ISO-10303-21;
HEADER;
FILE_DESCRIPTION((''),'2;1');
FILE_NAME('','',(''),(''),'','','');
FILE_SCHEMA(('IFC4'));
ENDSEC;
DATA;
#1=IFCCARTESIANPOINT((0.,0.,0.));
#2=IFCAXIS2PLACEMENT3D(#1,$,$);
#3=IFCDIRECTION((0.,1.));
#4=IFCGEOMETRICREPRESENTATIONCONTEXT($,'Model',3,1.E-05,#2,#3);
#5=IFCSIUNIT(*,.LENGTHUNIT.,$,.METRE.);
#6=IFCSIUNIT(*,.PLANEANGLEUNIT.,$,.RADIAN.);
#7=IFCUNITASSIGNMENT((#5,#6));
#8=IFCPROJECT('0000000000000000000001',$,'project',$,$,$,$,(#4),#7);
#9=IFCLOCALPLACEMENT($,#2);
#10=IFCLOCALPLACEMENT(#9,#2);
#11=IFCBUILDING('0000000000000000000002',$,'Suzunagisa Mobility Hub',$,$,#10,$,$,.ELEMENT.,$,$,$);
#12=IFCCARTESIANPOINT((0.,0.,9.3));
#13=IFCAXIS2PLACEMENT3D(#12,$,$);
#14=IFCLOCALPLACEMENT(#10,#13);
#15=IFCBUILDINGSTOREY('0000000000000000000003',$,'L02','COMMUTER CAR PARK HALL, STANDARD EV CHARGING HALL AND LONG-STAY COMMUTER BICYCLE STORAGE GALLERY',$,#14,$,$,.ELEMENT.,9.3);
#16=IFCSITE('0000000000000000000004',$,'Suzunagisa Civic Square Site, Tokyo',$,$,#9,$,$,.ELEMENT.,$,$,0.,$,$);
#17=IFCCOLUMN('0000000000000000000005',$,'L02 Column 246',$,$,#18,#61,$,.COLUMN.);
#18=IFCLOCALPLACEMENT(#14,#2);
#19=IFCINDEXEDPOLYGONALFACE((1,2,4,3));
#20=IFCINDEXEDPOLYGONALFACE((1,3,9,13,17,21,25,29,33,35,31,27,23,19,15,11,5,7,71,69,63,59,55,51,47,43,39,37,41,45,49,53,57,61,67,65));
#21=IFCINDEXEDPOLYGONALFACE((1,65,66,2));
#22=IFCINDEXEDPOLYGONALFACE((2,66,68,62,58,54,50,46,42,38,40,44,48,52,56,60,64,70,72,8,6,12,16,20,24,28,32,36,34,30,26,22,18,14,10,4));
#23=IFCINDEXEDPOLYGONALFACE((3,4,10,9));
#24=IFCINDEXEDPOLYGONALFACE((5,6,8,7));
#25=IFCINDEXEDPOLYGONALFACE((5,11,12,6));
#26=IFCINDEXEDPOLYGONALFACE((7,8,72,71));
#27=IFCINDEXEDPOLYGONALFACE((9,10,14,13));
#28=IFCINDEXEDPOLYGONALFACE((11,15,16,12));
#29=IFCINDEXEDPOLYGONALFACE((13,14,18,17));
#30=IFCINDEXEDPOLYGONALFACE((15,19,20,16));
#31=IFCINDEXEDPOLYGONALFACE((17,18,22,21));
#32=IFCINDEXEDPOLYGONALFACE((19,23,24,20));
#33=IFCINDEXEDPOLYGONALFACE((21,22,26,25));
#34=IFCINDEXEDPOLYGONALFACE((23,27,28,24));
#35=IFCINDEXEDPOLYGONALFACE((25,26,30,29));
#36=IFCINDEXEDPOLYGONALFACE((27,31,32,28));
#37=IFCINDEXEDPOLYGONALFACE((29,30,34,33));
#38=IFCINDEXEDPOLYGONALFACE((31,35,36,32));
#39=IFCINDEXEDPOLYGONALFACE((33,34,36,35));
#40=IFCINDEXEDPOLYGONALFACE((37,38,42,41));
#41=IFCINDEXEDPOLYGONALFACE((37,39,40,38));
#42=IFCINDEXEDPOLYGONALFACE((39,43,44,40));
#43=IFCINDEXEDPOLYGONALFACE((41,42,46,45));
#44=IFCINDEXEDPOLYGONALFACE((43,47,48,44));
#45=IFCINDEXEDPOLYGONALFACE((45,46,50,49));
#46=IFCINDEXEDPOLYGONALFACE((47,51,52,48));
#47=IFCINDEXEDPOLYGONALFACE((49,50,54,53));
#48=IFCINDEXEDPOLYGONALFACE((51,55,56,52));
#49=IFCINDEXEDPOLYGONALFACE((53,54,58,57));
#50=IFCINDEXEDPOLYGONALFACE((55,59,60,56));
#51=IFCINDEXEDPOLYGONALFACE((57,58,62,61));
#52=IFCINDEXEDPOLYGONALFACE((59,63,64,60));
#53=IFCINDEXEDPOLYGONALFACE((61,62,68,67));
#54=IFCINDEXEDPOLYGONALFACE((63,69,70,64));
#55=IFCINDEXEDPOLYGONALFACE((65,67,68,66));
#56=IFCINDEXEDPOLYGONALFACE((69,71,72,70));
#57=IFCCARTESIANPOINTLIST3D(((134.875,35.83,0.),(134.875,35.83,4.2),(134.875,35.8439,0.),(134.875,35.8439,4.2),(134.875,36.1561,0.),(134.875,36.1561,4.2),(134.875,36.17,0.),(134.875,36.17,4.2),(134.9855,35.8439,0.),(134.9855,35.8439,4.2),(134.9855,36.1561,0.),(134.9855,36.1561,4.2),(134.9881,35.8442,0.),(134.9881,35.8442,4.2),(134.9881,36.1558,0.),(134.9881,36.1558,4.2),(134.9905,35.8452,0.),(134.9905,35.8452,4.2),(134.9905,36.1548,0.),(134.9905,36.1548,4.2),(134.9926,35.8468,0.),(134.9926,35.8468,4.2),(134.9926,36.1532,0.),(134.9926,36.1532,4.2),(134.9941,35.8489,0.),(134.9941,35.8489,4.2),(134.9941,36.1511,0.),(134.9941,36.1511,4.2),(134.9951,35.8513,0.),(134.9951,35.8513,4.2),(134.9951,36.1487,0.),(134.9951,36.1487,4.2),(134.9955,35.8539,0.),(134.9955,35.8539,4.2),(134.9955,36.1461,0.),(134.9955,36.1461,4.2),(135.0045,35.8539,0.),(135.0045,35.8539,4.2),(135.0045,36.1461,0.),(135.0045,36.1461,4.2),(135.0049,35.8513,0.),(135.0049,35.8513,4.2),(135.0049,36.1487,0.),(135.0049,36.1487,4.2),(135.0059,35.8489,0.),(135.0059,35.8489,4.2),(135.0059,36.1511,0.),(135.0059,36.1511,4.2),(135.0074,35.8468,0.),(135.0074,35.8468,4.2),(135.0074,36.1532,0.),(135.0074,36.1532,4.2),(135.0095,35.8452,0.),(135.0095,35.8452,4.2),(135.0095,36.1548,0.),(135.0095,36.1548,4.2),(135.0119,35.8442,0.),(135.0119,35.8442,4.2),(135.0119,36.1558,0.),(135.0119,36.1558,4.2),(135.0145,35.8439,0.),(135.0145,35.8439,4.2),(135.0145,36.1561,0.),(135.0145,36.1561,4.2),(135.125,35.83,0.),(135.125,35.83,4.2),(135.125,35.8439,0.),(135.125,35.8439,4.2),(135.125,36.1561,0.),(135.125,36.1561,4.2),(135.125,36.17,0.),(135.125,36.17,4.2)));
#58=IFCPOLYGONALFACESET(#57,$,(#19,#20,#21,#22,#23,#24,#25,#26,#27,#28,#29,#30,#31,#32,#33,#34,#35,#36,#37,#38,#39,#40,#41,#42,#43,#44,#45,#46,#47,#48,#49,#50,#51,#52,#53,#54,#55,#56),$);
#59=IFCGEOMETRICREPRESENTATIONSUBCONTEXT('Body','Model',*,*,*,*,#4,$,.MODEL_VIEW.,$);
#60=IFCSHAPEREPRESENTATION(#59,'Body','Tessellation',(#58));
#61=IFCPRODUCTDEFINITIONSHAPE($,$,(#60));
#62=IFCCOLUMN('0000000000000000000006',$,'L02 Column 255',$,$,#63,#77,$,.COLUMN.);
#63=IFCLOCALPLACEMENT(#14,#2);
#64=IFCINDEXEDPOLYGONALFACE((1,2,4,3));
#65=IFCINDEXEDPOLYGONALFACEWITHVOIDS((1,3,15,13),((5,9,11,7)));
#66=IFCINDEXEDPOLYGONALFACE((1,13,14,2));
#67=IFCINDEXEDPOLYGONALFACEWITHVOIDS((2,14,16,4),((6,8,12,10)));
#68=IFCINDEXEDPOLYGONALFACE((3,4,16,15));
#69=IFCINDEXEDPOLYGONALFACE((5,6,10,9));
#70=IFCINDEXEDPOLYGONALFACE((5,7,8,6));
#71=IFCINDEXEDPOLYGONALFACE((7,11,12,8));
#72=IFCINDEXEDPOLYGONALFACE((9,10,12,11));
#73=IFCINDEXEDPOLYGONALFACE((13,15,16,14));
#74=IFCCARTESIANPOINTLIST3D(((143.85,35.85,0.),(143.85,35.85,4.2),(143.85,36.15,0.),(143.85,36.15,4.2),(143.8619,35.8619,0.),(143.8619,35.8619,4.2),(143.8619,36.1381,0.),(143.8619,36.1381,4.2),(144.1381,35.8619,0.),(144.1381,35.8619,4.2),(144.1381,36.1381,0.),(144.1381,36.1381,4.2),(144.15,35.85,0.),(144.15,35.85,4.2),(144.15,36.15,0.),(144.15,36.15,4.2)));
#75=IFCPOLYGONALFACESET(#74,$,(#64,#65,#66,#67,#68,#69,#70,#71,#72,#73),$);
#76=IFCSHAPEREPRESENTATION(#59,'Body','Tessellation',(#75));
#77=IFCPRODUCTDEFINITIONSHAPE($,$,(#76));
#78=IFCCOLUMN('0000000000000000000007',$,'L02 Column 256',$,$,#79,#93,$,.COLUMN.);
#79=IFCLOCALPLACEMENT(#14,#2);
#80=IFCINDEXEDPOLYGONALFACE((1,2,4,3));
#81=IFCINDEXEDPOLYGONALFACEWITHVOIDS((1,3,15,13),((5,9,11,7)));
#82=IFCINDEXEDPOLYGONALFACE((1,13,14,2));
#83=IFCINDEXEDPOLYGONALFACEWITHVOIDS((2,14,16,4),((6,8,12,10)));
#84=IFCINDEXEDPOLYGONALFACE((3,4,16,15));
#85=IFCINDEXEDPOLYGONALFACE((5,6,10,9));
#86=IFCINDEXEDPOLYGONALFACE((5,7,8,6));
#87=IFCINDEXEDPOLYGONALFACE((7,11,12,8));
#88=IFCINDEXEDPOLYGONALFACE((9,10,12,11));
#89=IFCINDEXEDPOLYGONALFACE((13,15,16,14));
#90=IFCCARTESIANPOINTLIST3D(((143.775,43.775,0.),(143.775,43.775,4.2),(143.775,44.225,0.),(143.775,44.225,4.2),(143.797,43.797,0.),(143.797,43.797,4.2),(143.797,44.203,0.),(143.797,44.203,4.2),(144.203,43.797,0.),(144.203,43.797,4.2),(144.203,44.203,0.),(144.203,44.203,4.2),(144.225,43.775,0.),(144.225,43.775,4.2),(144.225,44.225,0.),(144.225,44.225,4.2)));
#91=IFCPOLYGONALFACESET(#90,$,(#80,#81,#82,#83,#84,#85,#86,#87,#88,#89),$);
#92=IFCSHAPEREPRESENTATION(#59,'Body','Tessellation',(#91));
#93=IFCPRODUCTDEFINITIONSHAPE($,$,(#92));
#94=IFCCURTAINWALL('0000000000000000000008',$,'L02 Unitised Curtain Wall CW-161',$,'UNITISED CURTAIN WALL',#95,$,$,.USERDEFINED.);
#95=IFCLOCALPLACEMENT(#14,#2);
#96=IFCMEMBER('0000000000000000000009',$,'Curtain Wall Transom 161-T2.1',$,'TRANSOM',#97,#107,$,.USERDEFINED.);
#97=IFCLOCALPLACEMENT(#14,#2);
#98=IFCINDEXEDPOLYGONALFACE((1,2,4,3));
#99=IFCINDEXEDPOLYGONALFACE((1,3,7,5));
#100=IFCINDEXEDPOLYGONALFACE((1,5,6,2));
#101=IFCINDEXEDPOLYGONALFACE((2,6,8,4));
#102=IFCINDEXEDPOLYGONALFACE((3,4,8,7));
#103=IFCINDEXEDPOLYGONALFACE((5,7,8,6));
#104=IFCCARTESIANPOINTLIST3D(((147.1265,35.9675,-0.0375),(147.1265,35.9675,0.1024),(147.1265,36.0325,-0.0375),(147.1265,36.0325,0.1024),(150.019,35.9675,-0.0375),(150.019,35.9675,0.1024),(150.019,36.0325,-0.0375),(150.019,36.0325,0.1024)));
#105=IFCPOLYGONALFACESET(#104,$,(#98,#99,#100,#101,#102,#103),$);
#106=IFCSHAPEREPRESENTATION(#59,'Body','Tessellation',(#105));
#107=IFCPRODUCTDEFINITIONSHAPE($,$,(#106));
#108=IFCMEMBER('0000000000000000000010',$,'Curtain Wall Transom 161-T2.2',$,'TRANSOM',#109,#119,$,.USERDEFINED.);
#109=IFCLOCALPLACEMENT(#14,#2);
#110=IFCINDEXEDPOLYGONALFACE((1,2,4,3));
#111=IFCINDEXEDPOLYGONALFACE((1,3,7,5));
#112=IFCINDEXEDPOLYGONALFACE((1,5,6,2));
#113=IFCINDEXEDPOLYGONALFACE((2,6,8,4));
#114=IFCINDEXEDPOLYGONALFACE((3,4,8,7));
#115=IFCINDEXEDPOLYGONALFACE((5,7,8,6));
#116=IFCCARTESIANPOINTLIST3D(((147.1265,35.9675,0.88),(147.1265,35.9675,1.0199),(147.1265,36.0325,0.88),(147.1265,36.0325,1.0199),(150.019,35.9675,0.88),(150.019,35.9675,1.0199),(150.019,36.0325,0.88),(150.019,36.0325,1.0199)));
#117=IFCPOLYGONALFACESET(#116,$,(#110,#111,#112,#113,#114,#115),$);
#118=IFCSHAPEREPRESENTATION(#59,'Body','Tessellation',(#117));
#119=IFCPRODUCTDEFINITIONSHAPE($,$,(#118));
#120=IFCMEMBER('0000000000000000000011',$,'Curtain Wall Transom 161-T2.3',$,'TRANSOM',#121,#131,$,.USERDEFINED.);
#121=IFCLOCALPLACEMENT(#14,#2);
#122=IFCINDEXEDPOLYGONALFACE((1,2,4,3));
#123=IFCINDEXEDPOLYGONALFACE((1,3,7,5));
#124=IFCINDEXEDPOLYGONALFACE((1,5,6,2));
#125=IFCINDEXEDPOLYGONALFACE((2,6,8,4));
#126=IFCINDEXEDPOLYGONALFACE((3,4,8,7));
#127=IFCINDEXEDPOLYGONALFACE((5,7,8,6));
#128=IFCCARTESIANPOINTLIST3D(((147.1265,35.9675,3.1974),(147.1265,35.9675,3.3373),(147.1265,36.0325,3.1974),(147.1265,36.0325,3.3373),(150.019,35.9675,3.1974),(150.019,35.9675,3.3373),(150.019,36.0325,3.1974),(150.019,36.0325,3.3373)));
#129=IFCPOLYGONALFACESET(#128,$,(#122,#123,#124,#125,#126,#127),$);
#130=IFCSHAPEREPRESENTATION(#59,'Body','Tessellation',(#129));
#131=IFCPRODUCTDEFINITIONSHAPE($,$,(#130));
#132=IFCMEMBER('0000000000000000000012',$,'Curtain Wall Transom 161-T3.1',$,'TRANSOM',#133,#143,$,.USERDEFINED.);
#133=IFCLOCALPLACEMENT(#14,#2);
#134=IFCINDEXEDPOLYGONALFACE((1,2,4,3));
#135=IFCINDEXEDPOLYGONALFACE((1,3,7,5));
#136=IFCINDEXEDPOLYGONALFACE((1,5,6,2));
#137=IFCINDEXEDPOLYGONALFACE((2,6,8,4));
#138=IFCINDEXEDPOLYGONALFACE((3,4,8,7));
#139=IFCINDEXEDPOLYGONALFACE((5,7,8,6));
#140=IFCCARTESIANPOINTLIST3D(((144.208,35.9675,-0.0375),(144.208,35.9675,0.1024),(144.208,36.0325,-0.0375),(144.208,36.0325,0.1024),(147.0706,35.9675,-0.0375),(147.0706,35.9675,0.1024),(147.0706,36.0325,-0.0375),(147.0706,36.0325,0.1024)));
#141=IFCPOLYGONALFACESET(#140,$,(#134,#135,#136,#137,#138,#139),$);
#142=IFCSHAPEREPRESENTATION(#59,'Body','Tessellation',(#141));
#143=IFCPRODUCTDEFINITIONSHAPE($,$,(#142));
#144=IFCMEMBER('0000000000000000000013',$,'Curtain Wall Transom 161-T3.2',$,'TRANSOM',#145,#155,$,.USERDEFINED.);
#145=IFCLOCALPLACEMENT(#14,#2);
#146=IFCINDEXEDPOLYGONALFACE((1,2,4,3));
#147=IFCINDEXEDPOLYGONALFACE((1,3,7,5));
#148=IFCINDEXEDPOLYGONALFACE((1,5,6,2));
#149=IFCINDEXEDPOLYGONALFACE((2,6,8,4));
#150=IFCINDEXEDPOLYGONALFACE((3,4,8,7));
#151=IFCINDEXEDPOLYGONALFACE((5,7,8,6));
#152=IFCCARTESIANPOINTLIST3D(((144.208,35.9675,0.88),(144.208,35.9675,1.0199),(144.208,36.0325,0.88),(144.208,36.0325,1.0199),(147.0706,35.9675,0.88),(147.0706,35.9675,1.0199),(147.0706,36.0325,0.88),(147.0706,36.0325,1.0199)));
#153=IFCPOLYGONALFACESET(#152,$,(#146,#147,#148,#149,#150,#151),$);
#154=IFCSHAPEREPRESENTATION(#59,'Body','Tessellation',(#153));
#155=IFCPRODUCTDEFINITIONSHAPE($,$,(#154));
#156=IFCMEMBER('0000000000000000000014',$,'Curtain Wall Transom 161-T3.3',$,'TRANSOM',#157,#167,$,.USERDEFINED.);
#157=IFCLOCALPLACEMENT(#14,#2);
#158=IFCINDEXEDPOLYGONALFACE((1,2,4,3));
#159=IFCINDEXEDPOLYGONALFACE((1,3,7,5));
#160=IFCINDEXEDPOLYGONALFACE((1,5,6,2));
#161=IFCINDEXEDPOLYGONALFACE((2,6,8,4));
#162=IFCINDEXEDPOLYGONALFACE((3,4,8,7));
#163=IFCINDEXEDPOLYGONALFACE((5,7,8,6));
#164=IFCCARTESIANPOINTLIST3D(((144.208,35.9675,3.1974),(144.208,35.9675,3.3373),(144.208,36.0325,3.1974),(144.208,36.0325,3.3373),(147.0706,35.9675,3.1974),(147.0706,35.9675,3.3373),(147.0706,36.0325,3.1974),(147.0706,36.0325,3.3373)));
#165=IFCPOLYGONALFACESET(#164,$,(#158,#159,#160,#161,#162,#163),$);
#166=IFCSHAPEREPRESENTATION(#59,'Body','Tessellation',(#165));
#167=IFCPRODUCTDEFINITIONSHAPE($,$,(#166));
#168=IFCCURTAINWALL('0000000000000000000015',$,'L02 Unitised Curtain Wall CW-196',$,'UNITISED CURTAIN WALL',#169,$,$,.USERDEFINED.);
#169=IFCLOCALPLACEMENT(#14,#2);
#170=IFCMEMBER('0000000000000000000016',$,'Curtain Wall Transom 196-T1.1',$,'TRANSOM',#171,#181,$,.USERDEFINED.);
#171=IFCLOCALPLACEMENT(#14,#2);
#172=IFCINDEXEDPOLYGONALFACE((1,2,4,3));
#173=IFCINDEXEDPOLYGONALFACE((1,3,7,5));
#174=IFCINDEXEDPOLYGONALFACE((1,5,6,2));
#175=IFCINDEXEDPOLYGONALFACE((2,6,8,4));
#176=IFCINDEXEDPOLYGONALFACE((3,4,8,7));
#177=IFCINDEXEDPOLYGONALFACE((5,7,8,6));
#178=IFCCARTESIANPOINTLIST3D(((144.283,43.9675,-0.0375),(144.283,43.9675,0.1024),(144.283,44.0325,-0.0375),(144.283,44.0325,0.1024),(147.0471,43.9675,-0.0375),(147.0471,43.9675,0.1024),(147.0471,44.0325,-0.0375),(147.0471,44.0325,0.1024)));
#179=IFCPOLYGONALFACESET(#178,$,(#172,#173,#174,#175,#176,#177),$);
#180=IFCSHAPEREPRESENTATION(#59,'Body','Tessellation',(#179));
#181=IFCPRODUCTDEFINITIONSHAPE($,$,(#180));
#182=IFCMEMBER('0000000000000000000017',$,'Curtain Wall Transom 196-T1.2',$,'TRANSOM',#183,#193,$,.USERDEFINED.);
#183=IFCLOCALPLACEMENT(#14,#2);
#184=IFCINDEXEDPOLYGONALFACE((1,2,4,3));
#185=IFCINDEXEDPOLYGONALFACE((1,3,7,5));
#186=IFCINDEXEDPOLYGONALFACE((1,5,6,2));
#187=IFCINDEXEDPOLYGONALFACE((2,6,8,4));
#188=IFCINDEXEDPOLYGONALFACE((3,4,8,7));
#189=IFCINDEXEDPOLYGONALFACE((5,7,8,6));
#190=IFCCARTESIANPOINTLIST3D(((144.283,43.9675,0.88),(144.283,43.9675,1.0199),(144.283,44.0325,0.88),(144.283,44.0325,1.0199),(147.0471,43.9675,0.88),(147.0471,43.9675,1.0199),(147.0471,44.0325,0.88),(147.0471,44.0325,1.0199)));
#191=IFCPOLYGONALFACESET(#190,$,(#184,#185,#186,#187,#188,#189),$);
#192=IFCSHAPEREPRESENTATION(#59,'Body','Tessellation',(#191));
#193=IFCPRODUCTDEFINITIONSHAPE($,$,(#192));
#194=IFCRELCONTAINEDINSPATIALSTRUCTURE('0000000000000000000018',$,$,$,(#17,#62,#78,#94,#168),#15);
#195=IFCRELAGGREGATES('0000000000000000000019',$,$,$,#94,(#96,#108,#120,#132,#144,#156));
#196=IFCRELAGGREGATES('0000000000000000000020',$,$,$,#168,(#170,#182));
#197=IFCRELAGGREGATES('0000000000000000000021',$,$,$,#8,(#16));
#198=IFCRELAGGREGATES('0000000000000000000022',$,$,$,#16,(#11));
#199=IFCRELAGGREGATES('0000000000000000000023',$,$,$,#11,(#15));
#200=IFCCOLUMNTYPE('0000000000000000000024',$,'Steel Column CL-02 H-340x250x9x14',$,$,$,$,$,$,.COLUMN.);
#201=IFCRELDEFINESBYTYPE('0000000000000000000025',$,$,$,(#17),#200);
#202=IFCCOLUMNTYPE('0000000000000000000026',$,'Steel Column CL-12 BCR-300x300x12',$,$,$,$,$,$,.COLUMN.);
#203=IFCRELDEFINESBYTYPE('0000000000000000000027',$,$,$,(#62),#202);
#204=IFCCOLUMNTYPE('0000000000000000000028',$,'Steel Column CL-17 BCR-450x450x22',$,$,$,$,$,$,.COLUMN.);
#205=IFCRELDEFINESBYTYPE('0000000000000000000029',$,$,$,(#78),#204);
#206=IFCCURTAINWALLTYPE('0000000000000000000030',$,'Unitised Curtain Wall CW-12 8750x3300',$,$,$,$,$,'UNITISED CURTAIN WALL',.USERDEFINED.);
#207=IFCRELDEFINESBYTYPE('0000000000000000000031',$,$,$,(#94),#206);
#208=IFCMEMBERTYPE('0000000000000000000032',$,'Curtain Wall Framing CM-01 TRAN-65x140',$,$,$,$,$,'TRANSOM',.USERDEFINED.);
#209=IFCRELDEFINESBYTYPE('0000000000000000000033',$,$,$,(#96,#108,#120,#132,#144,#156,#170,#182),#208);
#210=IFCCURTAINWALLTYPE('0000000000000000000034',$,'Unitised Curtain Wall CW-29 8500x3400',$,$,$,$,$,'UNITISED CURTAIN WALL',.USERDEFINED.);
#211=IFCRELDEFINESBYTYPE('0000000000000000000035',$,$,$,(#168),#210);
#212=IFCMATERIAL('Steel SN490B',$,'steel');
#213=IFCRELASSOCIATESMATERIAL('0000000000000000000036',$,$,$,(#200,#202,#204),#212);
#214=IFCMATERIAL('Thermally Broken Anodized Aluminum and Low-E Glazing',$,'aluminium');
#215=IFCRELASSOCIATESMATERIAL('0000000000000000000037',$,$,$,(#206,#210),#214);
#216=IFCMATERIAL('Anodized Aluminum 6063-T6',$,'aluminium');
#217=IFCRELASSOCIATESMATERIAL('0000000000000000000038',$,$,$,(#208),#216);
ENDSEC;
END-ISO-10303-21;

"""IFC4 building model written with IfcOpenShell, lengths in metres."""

from ifc_helpers import new_model, si_unit, direction, frame, origin, origin_2d, place, context, subcontext, project, spatial, rectangle, hollow_rectangle, i_section, extrude, material, material_profile, profile_set, type_object, element, aggregate, save


model = new_model("IFC4")

# Units and contexts
model_context = context("Model", 3, precision=1e-05, world=origin(), true_north=direction((0.0, 1.0)))
body_context = subcontext(model_context, "Body", "Model", "MODEL_VIEW")
ifc_project = project(units=[si_unit("LENGTHUNIT", "METRE"), si_unit("PLANEANGLEUNIT", "RADIAN")], contexts=[model_context])

# Site, building, storey
site_placement = place(None, origin())
site = spatial("IfcSite", under=ifc_project, at=site_placement, Name="Suzunagisa Civic Square Site, Tokyo", CompositionType="ELEMENT", RefElevation=0.0)
building_placement = place(site_placement, origin())
building = spatial("IfcBuilding", under=site, at=building_placement, Name="Suzunagisa Mobility Hub", CompositionType="ELEMENT")
storey_placement = place(building_placement, frame((0.0, 0.0, 9.3)))
storey = spatial("IfcBuildingStorey", under=building, at=storey_placement, Name="L02", Description="COMMUTER CAR PARK HALL, STANDARD EV CHARGING HALL AND LONG-STAY COMMUTER BICYCLE STORAGE GALLERY", CompositionType="ELEMENT", Elevation=9.3)

# Columns
ifc_material_1 = material(Name="Steel SN490B", Category="steel")
ifc_material_profile_1 = material_profile(ifc_material_1, i_section(OverallWidth=0.25, OverallDepth=0.3401, WebThickness=0.009, FlangeThickness=0.0139, FilletRadius=0.01, at=origin_2d()), Name="H-340x250x9x14")
ifc_profile_set_1 = profile_set([ifc_material_profile_1], Name="Steel SN490B")
column_type_1 = type_object("IfcColumnType", Name="Steel Column CL-02 H-340x250x9x14", PredefinedType="COLUMN", material=ifc_profile_set_1)
column_1_placement = place(storey_placement, frame((135.0, 36.0, 0.0), z_axis=(0.0, 0.0, 1.0), x_axis=(1.0, 0.0, 0.0)))
element("IfcColumn", 1, at=column_1_placement, inside=storey, type_object=column_type_1, Name="L02 Column 246", PredefinedType="COLUMN", context=body_context, shape_type="SweptSolid", body=[
    extrude(i_section(OverallWidth=0.25, OverallDepth=0.3401, WebThickness=0.009, FlangeThickness=0.0139, FilletRadius=0.01, at=origin_2d()), origin(), (0.0, 0.0, 1.0), 4.2),
])
ifc_material_profile_2 = material_profile(ifc_material_1, hollow_rectangle(XDim=0.3, YDim=0.3, WallThickness=0.012, at=origin_2d()), Name="BCR-300x300x12")
ifc_profile_set_2 = profile_set([ifc_material_profile_2], Name="Steel SN490B")
column_type_2 = type_object("IfcColumnType", Name="Steel Column CL-12 BCR-300x300x12", PredefinedType="COLUMN", material=ifc_profile_set_2)
column_2_placement = place(storey_placement, frame((144.0, 36.0, 0.0), z_axis=(0.0, 0.0, 1.0), x_axis=(1.0, 0.0, 0.0)))
element("IfcColumn", 2, at=column_2_placement, inside=storey, type_object=column_type_2, Name="L02 Column 255", PredefinedType="COLUMN", context=body_context, shape_type="SweptSolid", body=[
    extrude(hollow_rectangle(XDim=0.3, YDim=0.3, WallThickness=0.012, at=origin_2d()), origin(), (0.0, 0.0, 1.0), 4.2),
])
ifc_material_profile_3 = material_profile(ifc_material_1, hollow_rectangle(XDim=0.45, YDim=0.45, WallThickness=0.022, at=origin_2d()), Name="BCR-450x450x22")
ifc_profile_set_3 = profile_set([ifc_material_profile_3], Name="Steel SN490B")
column_type_3 = type_object("IfcColumnType", Name="Steel Column CL-17 BCR-450x450x22", PredefinedType="COLUMN", material=ifc_profile_set_3)
column_3_placement = place(storey_placement, frame((144.0, 44.0, 0.0), z_axis=(0.0, 0.0, 1.0), x_axis=(1.0, 0.0, 0.0)))
element("IfcColumn", 3, at=column_3_placement, inside=storey, type_object=column_type_3, Name="L02 Column 256", PredefinedType="COLUMN", context=body_context, shape_type="SweptSolid", body=[
    extrude(hollow_rectangle(XDim=0.45, YDim=0.45, WallThickness=0.022, at=origin_2d()), origin(), (0.0, 0.0, 1.0), 4.2),
])

# Curtain walls, members
ifc_material_2 = material(Name="Thermally Broken Anodized Aluminum and Low-E Glazing", Category="aluminium")
curtain_wall_type_1 = type_object("IfcCurtainWallType", Name="Unitised Curtain Wall CW-12 8750x3300", ElementType="UNITISED CURTAIN WALL", PredefinedType="USERDEFINED", material=ifc_material_2)
curtain_wall_1_placement = place(storey_placement, origin())
curtain_wall_1 = element("IfcCurtainWall", 4, at=curtain_wall_1_placement, inside=storey, type_object=curtain_wall_type_1, Name="L02 Unitised Curtain Wall CW-161", ObjectType="UNITISED CURTAIN WALL", PredefinedType="USERDEFINED")
ifc_material_3 = material(Name="Anodized Aluminum 6063-T6", Category="aluminium")
ifc_material_profile_4 = material_profile(ifc_material_3, rectangle(XDim=0.0649, YDim=0.1399, at=origin_2d()), Name="TRAN-65x140")
ifc_profile_set_4 = profile_set([ifc_material_profile_4], Name="Anodized Aluminum 6063-T6")
member_type_1 = type_object("IfcMemberType", Name="Curtain Wall Framing CM-01 TRAN-65x140", ElementType="TRANSOM", PredefinedType="USERDEFINED", material=ifc_profile_set_4)
member_1_placement = place(storey_placement, frame((150.019, 36.0, 0.0325), z_axis=(-1.0, 0.0, 0.0), x_axis=(0.0, -1.0, 0.0)))
member_1 = element("IfcMember", 5, at=member_1_placement, type_object=member_type_1, Name="Curtain Wall Transom 161-T2.1", ObjectType="TRANSOM", PredefinedType="USERDEFINED", context=body_context, shape_type="SweptSolid", body=[
    extrude(rectangle(XDim=0.0649, YDim=0.1399, at=origin_2d()), origin(), (0.0, 0.0, 1.0), 2.8926),
])
member_2_placement = place(storey_placement, frame((150.019, 36.0, 0.95), z_axis=(-1.0, 0.0, 0.0), x_axis=(0.0, -1.0, 0.0)))
member_2 = element("IfcMember", 6, at=member_2_placement, type_object=member_type_1, Name="Curtain Wall Transom 161-T2.2", ObjectType="TRANSOM", PredefinedType="USERDEFINED", context=body_context, shape_type="SweptSolid", body=[
    extrude(rectangle(XDim=0.0649, YDim=0.1399, at=origin_2d()), origin(), (0.0, 0.0, 1.0), 2.8926),
])
member_3_placement = place(storey_placement, frame((150.019, 36.0, 3.2673), z_axis=(-1.0, 0.0, 0.0), x_axis=(0.0, -1.0, 0.0)))
member_3 = element("IfcMember", 7, at=member_3_placement, type_object=member_type_1, Name="Curtain Wall Transom 161-T2.3", ObjectType="TRANSOM", PredefinedType="USERDEFINED", context=body_context, shape_type="SweptSolid", body=[
    extrude(rectangle(XDim=0.0649, YDim=0.1399, at=origin_2d()), origin(), (0.0, 0.0, 1.0), 2.8926),
])
member_4_placement = place(storey_placement, frame((147.0706, 36.0, 0.0325), z_axis=(-1.0, 0.0, 0.0), x_axis=(0.0, -1.0, 0.0)))
member_4 = element("IfcMember", 8, at=member_4_placement, type_object=member_type_1, Name="Curtain Wall Transom 161-T3.1", ObjectType="TRANSOM", PredefinedType="USERDEFINED", context=body_context, shape_type="SweptSolid", body=[
    extrude(rectangle(XDim=0.0649, YDim=0.1399, at=origin_2d()), origin(), (0.0, 0.0, 1.0), 2.8625),
])
member_5_placement = place(storey_placement, frame((147.0706, 36.0, 0.95), z_axis=(-1.0, 0.0, 0.0), x_axis=(0.0, -1.0, 0.0)))
member_5 = element("IfcMember", 9, at=member_5_placement, type_object=member_type_1, Name="Curtain Wall Transom 161-T3.2", ObjectType="TRANSOM", PredefinedType="USERDEFINED", context=body_context, shape_type="SweptSolid", body=[
    extrude(rectangle(XDim=0.0649, YDim=0.1399, at=origin_2d()), origin(), (0.0, 0.0, 1.0), 2.8625),
])
member_6_placement = place(storey_placement, frame((147.0706, 36.0, 3.2673), z_axis=(-1.0, 0.0, 0.0), x_axis=(0.0, -1.0, 0.0)))
member_6 = element("IfcMember", 10, at=member_6_placement, type_object=member_type_1, Name="Curtain Wall Transom 161-T3.3", ObjectType="TRANSOM", PredefinedType="USERDEFINED", context=body_context, shape_type="SweptSolid", body=[
    extrude(rectangle(XDim=0.0649, YDim=0.1399, at=origin_2d()), origin(), (0.0, 0.0, 1.0), 2.8625),
])
curtain_wall_type_2 = type_object("IfcCurtainWallType", Name="Unitised Curtain Wall CW-29 8500x3400", ElementType="UNITISED CURTAIN WALL", PredefinedType="USERDEFINED", material=ifc_material_2)
curtain_wall_2_placement = place(storey_placement, origin())
curtain_wall_2 = element("IfcCurtainWall", 11, at=curtain_wall_2_placement, inside=storey, type_object=curtain_wall_type_2, Name="L02 Unitised Curtain Wall CW-196", ObjectType="UNITISED CURTAIN WALL", PredefinedType="USERDEFINED")
member_7_placement = place(storey_placement, frame((144.283, 44.0, 0.0325), z_axis=(1.0, 0.0, 0.0), x_axis=(0.0, 1.0, 0.0)))
member_7 = element("IfcMember", 12, at=member_7_placement, type_object=member_type_1, Name="Curtain Wall Transom 196-T1.1", ObjectType="TRANSOM", PredefinedType="USERDEFINED", context=body_context, shape_type="SweptSolid", body=[
    extrude(rectangle(XDim=0.0649, YDim=0.1399, at=origin_2d()), origin(), (0.0, 0.0, 1.0), 2.7642),
])
member_8_placement = place(storey_placement, frame((144.283, 44.0, 0.95), z_axis=(1.0, 0.0, 0.0), x_axis=(0.0, 1.0, 0.0)))
member_8 = element("IfcMember", 13, at=member_8_placement, type_object=member_type_1, Name="Curtain Wall Transom 196-T1.2", ObjectType="TRANSOM", PredefinedType="USERDEFINED", context=body_context, shape_type="SweptSolid", body=[
    extrude(rectangle(XDim=0.0649, YDim=0.1399, at=origin_2d()), origin(), (0.0, 0.0, 1.0), 2.7642),
])

aggregate(curtain_wall_1, [member_1, member_2, member_3, member_4, member_5, member_6])
aggregate(curtain_wall_2, [member_7, member_8])

save(model, "model.ifc")
